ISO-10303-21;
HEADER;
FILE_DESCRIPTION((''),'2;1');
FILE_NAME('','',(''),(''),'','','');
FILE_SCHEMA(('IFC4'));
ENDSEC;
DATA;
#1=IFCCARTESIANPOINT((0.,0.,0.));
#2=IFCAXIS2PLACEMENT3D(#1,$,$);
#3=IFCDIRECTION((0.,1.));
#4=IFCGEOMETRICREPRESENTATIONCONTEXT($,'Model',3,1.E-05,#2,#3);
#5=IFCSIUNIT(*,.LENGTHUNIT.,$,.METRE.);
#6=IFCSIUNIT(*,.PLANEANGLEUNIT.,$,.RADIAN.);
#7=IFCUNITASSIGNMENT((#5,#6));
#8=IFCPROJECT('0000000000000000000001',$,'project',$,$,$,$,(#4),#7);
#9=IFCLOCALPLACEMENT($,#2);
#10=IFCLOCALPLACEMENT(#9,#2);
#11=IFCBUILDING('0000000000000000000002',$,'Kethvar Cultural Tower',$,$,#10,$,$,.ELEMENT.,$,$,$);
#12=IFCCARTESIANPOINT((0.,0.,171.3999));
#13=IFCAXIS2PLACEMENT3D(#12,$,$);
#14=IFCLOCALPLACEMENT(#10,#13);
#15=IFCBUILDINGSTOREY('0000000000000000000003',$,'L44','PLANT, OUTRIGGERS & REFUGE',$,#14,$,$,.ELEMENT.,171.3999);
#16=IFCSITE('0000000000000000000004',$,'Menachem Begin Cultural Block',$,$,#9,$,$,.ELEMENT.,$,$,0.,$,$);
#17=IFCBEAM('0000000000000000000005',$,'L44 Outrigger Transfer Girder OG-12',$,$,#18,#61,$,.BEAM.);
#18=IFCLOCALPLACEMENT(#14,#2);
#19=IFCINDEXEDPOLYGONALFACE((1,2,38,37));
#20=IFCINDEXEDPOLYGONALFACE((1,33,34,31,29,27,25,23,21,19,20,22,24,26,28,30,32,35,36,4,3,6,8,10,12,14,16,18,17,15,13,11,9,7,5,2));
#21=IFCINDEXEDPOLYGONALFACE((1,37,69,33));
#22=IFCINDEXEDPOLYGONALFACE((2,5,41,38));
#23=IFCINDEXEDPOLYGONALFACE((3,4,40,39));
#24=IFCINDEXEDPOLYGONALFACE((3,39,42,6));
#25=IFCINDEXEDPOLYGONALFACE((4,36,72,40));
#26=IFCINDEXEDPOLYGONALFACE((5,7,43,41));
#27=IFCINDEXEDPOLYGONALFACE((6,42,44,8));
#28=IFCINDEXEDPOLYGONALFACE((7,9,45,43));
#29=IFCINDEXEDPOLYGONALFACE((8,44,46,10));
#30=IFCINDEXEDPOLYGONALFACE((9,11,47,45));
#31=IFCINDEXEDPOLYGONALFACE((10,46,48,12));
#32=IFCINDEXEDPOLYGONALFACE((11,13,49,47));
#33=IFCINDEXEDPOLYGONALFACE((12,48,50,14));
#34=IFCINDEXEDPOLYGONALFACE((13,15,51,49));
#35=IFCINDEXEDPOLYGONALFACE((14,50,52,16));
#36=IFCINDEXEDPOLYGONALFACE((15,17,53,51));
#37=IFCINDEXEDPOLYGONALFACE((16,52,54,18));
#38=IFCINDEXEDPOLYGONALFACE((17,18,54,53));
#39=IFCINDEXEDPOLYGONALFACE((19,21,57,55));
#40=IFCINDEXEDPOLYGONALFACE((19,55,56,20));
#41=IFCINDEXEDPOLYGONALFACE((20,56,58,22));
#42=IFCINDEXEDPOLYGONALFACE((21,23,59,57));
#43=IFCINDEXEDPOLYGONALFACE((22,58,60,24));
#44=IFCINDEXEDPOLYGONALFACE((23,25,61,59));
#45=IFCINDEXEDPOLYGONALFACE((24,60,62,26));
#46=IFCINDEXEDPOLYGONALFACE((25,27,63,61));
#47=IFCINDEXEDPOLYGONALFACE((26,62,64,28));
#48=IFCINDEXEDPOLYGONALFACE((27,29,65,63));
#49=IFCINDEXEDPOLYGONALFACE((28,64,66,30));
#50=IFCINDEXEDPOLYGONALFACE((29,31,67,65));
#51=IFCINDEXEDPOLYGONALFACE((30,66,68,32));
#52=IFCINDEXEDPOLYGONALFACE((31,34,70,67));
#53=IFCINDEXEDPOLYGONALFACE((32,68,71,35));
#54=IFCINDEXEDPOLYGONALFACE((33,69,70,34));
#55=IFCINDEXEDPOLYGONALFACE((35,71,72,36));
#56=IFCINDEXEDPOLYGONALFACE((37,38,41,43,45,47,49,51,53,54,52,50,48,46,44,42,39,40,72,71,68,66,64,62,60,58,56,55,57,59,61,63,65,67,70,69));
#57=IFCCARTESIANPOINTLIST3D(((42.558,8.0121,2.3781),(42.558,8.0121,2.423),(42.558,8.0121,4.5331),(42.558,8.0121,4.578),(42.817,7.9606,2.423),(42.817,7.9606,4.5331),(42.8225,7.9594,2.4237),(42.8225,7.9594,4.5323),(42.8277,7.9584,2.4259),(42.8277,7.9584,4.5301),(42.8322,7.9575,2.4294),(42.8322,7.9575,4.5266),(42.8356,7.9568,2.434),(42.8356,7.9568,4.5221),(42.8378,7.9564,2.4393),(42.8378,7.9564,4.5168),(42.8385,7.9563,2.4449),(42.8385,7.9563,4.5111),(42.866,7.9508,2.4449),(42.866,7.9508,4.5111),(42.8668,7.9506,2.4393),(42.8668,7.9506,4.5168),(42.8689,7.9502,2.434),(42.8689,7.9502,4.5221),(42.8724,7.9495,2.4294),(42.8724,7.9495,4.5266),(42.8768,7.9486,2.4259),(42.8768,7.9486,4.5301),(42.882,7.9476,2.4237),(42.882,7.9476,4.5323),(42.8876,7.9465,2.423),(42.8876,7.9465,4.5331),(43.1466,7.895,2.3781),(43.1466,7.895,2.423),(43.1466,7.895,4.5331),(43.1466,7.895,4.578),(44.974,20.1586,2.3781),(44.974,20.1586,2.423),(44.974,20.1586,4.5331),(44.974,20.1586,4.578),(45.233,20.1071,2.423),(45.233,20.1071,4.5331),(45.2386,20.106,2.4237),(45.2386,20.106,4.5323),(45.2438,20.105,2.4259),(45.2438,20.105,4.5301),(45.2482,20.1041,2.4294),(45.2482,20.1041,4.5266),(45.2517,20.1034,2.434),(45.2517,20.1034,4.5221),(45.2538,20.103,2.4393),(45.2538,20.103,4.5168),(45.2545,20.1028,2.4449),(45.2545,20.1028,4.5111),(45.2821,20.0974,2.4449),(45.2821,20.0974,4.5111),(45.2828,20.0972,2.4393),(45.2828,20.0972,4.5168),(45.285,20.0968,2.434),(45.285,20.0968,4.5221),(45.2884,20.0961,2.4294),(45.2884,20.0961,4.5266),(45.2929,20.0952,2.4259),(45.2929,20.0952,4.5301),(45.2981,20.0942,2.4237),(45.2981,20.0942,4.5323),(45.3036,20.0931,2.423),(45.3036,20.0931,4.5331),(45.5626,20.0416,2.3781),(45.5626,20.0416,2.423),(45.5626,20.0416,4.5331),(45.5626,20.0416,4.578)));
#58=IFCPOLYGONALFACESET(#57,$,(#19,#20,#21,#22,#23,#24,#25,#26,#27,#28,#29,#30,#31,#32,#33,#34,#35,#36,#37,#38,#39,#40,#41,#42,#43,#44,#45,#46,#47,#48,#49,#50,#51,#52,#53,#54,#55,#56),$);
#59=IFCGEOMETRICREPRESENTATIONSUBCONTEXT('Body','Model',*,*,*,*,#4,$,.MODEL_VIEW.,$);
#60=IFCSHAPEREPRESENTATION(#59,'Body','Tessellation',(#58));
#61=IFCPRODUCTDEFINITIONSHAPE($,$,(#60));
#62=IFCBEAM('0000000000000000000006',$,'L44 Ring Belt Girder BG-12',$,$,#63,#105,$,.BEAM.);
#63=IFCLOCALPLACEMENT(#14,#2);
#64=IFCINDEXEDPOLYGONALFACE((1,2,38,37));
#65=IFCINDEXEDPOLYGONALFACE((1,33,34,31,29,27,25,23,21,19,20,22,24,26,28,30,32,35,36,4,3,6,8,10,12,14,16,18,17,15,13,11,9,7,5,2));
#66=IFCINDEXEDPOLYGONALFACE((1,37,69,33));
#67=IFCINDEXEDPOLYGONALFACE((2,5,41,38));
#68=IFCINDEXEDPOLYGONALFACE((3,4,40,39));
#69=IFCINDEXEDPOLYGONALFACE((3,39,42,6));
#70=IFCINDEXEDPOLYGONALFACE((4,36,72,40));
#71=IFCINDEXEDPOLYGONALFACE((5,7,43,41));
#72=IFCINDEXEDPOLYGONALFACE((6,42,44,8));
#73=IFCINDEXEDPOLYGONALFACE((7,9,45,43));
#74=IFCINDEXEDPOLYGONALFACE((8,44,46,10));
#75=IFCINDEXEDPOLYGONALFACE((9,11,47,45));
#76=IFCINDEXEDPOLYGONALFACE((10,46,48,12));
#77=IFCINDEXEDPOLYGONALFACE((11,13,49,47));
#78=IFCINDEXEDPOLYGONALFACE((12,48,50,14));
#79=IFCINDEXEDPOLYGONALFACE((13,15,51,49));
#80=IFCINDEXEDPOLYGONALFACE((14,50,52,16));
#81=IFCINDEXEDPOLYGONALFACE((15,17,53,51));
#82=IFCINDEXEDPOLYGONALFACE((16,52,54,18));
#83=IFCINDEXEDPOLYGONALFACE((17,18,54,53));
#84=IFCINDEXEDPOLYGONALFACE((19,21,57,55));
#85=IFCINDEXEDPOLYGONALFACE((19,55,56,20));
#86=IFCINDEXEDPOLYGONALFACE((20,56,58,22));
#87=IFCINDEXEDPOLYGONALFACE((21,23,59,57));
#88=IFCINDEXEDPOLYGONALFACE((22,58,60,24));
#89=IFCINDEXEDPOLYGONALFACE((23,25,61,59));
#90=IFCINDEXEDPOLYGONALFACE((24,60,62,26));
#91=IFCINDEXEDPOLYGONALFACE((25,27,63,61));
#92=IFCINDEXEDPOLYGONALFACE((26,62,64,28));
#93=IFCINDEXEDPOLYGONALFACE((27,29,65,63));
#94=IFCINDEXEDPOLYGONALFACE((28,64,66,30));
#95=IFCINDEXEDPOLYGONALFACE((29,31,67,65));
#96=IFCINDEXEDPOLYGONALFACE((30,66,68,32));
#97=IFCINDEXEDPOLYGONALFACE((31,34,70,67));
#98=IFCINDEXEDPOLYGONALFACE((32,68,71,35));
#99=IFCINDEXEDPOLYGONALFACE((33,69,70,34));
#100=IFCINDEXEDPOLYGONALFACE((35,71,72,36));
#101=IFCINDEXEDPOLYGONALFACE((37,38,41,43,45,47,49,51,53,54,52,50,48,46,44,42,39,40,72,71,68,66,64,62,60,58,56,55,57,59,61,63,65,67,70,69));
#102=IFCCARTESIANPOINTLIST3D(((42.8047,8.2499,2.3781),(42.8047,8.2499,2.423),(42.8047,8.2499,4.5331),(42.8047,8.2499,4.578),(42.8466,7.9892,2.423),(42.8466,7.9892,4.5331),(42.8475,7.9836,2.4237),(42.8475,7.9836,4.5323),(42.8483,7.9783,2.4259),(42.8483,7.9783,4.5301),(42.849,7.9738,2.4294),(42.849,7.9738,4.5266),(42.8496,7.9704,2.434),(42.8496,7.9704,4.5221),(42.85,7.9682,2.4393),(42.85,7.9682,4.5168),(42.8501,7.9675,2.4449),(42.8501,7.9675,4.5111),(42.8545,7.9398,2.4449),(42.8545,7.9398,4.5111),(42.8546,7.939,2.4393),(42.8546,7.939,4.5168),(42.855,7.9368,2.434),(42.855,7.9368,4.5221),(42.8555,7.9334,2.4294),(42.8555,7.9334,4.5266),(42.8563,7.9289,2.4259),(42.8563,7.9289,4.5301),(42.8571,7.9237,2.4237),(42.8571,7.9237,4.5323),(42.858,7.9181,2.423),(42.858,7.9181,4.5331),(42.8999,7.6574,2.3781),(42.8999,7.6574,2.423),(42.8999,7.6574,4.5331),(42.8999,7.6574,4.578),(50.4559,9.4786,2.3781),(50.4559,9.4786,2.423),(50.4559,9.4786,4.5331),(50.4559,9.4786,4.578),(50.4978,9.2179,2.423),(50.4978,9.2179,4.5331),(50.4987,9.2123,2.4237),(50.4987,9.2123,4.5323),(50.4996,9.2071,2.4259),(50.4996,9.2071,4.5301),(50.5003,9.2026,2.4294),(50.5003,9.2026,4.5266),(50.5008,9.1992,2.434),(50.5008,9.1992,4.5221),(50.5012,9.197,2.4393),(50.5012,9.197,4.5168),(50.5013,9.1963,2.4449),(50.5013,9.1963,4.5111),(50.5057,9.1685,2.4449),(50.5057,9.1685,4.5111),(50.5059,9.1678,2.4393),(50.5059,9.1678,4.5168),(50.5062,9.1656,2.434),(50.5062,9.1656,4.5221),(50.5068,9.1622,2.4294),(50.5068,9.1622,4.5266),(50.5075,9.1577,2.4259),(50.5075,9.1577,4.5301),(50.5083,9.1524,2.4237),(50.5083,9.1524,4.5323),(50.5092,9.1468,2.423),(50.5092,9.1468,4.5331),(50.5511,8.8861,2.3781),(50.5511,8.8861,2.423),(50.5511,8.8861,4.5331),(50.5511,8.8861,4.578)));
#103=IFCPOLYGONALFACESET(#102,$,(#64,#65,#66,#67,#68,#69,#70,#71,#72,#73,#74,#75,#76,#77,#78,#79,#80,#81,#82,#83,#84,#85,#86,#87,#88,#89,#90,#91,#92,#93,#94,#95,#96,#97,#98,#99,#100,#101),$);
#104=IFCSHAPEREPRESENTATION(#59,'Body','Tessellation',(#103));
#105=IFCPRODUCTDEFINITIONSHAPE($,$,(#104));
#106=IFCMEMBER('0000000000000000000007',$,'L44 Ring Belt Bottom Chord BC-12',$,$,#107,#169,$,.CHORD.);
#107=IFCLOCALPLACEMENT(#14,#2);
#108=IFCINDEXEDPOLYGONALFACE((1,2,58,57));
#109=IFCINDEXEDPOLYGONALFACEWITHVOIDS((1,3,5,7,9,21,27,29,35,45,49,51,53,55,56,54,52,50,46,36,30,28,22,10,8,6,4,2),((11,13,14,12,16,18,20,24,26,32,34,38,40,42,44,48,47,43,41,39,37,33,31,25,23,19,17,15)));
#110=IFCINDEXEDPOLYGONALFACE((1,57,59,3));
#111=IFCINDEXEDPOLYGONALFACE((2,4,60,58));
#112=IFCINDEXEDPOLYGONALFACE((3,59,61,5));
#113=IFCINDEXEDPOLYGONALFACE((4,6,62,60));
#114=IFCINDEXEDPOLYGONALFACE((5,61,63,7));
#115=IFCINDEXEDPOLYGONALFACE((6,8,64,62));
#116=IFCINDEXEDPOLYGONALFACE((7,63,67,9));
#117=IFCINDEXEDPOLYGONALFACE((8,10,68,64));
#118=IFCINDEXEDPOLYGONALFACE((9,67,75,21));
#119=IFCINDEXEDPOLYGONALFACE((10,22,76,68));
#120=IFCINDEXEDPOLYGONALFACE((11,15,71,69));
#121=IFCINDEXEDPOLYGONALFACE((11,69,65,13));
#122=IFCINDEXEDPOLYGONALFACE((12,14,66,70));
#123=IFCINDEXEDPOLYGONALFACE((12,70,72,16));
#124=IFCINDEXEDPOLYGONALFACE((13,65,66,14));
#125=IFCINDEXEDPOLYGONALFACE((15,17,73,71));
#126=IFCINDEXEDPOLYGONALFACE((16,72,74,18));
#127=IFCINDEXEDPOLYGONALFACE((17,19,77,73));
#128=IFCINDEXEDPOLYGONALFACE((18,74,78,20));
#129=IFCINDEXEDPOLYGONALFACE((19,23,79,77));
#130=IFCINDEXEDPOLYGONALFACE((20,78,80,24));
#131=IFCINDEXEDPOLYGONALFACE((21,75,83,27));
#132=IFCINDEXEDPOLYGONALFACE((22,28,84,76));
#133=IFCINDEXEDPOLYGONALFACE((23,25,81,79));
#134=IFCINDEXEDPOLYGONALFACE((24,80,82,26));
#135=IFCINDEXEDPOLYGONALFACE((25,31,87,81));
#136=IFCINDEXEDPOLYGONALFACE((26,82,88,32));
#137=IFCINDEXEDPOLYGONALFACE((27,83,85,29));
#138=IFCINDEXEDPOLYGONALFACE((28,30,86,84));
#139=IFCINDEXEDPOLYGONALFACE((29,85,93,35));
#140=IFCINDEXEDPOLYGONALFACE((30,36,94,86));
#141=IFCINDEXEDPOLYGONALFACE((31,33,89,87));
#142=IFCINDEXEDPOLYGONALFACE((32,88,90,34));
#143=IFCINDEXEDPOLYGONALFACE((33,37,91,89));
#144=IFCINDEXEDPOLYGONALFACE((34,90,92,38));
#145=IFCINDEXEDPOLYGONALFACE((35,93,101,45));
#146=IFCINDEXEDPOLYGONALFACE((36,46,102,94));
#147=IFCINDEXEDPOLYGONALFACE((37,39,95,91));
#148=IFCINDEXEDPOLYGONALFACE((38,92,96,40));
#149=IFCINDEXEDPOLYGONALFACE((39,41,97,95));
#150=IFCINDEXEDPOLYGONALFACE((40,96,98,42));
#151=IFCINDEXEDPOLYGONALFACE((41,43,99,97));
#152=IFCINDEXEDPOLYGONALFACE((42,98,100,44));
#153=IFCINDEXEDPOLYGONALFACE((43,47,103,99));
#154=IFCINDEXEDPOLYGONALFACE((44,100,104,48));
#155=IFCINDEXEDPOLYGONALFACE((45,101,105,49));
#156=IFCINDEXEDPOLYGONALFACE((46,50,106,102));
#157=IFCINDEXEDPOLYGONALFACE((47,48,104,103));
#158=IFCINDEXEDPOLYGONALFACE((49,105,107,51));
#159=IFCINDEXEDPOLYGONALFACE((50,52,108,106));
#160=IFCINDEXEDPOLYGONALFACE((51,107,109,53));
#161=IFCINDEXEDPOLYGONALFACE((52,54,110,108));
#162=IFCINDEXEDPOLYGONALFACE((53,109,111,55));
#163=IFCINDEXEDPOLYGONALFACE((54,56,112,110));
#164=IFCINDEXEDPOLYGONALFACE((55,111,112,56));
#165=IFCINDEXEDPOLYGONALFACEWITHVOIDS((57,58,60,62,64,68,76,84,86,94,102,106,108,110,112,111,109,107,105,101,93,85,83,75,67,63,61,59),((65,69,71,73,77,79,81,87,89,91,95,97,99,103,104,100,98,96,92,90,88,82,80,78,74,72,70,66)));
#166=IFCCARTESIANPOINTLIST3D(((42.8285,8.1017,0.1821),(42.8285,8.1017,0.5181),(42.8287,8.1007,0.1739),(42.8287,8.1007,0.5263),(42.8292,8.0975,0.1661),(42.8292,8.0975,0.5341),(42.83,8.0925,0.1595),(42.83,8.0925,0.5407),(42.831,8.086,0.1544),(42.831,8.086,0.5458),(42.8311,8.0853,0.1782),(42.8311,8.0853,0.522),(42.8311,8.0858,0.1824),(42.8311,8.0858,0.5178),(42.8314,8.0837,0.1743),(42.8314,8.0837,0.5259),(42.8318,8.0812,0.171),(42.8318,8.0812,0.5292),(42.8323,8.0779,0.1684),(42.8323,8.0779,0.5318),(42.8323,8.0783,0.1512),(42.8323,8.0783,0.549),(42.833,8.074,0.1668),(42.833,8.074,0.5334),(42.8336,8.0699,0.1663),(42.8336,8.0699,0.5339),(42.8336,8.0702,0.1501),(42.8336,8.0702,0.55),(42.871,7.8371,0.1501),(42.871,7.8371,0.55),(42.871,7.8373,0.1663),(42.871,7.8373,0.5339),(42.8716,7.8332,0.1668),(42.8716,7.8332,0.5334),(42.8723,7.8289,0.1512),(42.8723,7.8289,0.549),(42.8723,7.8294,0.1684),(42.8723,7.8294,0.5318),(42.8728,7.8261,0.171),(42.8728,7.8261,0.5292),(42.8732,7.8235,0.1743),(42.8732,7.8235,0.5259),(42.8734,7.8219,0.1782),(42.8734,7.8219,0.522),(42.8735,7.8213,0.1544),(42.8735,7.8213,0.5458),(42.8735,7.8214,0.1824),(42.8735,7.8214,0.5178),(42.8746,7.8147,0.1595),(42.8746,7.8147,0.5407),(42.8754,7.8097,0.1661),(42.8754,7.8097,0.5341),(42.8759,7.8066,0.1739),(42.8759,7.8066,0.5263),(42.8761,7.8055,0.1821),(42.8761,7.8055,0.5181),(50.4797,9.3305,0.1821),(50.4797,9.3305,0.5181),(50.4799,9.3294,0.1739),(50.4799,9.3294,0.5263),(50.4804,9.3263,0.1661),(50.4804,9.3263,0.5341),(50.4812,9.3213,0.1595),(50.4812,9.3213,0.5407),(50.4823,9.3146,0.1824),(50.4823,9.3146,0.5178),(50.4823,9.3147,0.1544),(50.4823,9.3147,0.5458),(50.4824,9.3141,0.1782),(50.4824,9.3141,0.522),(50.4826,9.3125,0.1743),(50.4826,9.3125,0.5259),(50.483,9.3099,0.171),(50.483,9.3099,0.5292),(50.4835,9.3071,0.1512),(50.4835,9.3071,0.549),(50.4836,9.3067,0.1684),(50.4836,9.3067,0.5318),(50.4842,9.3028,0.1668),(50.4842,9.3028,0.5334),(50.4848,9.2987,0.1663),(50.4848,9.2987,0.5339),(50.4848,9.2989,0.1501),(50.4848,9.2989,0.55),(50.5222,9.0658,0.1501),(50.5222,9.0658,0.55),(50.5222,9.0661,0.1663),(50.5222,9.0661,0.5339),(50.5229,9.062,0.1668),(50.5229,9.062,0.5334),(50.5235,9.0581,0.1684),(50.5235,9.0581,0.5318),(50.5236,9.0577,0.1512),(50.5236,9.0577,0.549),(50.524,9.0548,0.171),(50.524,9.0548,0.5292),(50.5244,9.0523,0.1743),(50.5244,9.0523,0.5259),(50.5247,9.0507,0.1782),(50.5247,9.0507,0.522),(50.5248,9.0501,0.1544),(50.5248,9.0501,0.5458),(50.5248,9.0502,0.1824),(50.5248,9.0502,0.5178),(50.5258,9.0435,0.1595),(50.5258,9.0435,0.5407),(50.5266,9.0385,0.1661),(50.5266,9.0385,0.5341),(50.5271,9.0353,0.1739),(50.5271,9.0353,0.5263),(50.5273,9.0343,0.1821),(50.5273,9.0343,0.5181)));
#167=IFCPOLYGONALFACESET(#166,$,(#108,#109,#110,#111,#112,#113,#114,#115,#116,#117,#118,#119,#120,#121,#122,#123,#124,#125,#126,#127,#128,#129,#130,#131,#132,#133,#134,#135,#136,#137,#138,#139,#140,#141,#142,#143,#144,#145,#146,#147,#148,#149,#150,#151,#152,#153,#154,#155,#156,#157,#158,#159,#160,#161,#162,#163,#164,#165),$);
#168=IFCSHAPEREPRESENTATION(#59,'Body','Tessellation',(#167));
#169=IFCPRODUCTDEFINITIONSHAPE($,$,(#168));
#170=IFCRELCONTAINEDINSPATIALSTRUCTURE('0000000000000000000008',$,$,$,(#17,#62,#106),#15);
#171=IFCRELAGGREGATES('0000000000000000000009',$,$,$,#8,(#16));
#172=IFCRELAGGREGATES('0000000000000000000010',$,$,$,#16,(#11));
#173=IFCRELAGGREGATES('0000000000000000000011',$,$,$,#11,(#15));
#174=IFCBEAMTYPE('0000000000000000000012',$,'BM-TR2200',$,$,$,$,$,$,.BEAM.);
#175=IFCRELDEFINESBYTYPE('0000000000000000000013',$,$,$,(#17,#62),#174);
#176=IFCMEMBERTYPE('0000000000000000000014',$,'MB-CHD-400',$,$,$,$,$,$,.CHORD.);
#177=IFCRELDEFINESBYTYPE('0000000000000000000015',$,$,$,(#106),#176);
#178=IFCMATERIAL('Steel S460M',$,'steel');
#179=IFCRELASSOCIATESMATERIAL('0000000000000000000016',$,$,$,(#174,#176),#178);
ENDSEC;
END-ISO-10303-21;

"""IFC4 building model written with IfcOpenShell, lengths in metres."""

from ifc_helpers import new_model, si_unit, direction, frame, origin, origin_2d, place, context, subcontext, project, spatial, hollow_rectangle, i_section, extrude, source, transform, mapped, material, material_profile, profile_set, type_object, element, save


model = new_model("IFC4")

# Units and contexts
model_context = context("Model", 3, precision=1e-05, world=origin(), true_north=direction((0.0, 1.0)))
body_context = subcontext(model_context, "Body", "Model", "MODEL_VIEW")
ifc_project = project(units=[si_unit("LENGTHUNIT", "METRE"), si_unit("PLANEANGLEUNIT", "RADIAN")], contexts=[model_context])

# Site, building, storey
site_placement = place(None, origin())
site = spatial("IfcSite", under=ifc_project, at=site_placement, Name="Menachem Begin Cultural Block", CompositionType="ELEMENT", RefElevation=0.0)
building_placement = place(site_placement, origin())
building = spatial("IfcBuilding", under=site, at=building_placement, Name="Kethvar Cultural Tower", CompositionType="ELEMENT")
storey_placement = place(building_placement, frame((0.0, 0.0, 171.3999)))
storey = spatial("IfcBuildingStorey", under=building, at=storey_placement, Name="L44", Description="PLANT, OUTRIGGERS & REFUGE", CompositionType="ELEMENT", Elevation=171.3999)

# Shared definitions
ifc_material_1 = material(Name="Steel S460M", Category="steel")

# Shared definitions
ifc_material_profile_1 = material_profile(ifc_material_1, i_section(OverallWidth=0.6001, OverallDepth=2.2, WebThickness=0.0281, FlangeThickness=0.0449, FilletRadius=0.022, at=origin_2d()), Name="Steel S460M — PG2200x600x45x28")
ifc_profile_set_1 = profile_set([ifc_material_profile_1], Name="Steel S460M — PG2200x600x45x28")
beam_type = type_object("IfcBeamType", Name="BM-TR2200", PredefinedType="BEAM", material=ifc_profile_set_1)

# Beams
shared_shape_1 = source(origin(), body_context, "Body", "SweptSolid", [
    extrude(i_section(OverallWidth=0.6001, OverallDepth=2.2, WebThickness=0.0281, FlangeThickness=0.0449, FilletRadius=0.022, at=origin_2d()), origin(), (0.0, 0.0, 1.0), 12.3845),
])
beam_1_placement = place(storey_placement, frame((45.2683, 20.1001, 3.478), z_axis=(-0.195085, -0.980786, 0.0), x_axis=(0.980786, -0.195085, 0.0)))
element("IfcBeam", 1, at=beam_1_placement, inside=storey, type_object=beam_type, Name="L44 Outrigger Transfer Girder OG-12", PredefinedType="BEAM", context=body_context, shape_type="MappedRepresentation", body=[
    mapped(shared_shape_1, transform((0.0, 0.0, 0.0), scale=1.0)),
])
shared_shape_2 = source(origin(), body_context, "Body", "SweptSolid", [
    extrude(i_section(OverallWidth=0.6001, OverallDepth=2.2, WebThickness=0.0281, FlangeThickness=0.0449, FilletRadius=0.022, at=origin_2d()), origin(), (0.0, 0.0, 1.0), 7.7493),
])
beam_2_placement = place(storey_placement, frame((42.8523, 7.9536, 3.478), z_axis=(0.987348, 0.158567, 0.0), x_axis=(-0.158567, 0.987348, 0.0)))
element("IfcBeam", 2, at=beam_2_placement, inside=storey, type_object=beam_type, Name="L44 Ring Belt Girder BG-12", PredefinedType="BEAM", context=body_context, shape_type="MappedRepresentation", body=[
    mapped(shared_shape_2, transform((0.0, 0.0, 0.0), scale=1.0)),
])

# Member
ifc_material_profile_2 = material_profile(ifc_material_1, hollow_rectangle(XDim=0.3, YDim=0.3999, WallThickness=0.0161, InnerFilletRadius=0.0161, OuterFilletRadius=0.032, at=origin_2d()), Name="Steel S460M — RHS400x300x16")
ifc_profile_set_2 = profile_set([ifc_material_profile_2], Name="Steel S460M — RHS400x300x16")
member_type_1 = type_object("IfcMemberType", Name="MB-CHD-400", PredefinedType="CHORD", material=ifc_profile_set_2)
shared_shape_3 = source(origin(), body_context, "Body", "SweptSolid", [
    extrude(hollow_rectangle(XDim=0.3, YDim=0.3999, WallThickness=0.0161, InnerFilletRadius=0.0161, OuterFilletRadius=0.032, at=origin_2d()), origin(), (0.0, 0.0, 1.0), 7.7493),
])
member_1_placement = place(storey_placement, frame((42.8523, 7.9536, 0.3501), z_axis=(0.987348, 0.158567, 0.0), x_axis=(-0.158567, 0.987348, 0.0)))
element("IfcMember", 3, at=member_1_placement, inside=storey, type_object=member_type_1, Name="L44 Ring Belt Bottom Chord BC-12", PredefinedType="CHORD", context=body_context, shape_type="MappedRepresentation", body=[
    mapped(shared_shape_3, transform((0.0, 0.0, 0.0), scale=1.0)),
])

save(model, "model.ifc")
